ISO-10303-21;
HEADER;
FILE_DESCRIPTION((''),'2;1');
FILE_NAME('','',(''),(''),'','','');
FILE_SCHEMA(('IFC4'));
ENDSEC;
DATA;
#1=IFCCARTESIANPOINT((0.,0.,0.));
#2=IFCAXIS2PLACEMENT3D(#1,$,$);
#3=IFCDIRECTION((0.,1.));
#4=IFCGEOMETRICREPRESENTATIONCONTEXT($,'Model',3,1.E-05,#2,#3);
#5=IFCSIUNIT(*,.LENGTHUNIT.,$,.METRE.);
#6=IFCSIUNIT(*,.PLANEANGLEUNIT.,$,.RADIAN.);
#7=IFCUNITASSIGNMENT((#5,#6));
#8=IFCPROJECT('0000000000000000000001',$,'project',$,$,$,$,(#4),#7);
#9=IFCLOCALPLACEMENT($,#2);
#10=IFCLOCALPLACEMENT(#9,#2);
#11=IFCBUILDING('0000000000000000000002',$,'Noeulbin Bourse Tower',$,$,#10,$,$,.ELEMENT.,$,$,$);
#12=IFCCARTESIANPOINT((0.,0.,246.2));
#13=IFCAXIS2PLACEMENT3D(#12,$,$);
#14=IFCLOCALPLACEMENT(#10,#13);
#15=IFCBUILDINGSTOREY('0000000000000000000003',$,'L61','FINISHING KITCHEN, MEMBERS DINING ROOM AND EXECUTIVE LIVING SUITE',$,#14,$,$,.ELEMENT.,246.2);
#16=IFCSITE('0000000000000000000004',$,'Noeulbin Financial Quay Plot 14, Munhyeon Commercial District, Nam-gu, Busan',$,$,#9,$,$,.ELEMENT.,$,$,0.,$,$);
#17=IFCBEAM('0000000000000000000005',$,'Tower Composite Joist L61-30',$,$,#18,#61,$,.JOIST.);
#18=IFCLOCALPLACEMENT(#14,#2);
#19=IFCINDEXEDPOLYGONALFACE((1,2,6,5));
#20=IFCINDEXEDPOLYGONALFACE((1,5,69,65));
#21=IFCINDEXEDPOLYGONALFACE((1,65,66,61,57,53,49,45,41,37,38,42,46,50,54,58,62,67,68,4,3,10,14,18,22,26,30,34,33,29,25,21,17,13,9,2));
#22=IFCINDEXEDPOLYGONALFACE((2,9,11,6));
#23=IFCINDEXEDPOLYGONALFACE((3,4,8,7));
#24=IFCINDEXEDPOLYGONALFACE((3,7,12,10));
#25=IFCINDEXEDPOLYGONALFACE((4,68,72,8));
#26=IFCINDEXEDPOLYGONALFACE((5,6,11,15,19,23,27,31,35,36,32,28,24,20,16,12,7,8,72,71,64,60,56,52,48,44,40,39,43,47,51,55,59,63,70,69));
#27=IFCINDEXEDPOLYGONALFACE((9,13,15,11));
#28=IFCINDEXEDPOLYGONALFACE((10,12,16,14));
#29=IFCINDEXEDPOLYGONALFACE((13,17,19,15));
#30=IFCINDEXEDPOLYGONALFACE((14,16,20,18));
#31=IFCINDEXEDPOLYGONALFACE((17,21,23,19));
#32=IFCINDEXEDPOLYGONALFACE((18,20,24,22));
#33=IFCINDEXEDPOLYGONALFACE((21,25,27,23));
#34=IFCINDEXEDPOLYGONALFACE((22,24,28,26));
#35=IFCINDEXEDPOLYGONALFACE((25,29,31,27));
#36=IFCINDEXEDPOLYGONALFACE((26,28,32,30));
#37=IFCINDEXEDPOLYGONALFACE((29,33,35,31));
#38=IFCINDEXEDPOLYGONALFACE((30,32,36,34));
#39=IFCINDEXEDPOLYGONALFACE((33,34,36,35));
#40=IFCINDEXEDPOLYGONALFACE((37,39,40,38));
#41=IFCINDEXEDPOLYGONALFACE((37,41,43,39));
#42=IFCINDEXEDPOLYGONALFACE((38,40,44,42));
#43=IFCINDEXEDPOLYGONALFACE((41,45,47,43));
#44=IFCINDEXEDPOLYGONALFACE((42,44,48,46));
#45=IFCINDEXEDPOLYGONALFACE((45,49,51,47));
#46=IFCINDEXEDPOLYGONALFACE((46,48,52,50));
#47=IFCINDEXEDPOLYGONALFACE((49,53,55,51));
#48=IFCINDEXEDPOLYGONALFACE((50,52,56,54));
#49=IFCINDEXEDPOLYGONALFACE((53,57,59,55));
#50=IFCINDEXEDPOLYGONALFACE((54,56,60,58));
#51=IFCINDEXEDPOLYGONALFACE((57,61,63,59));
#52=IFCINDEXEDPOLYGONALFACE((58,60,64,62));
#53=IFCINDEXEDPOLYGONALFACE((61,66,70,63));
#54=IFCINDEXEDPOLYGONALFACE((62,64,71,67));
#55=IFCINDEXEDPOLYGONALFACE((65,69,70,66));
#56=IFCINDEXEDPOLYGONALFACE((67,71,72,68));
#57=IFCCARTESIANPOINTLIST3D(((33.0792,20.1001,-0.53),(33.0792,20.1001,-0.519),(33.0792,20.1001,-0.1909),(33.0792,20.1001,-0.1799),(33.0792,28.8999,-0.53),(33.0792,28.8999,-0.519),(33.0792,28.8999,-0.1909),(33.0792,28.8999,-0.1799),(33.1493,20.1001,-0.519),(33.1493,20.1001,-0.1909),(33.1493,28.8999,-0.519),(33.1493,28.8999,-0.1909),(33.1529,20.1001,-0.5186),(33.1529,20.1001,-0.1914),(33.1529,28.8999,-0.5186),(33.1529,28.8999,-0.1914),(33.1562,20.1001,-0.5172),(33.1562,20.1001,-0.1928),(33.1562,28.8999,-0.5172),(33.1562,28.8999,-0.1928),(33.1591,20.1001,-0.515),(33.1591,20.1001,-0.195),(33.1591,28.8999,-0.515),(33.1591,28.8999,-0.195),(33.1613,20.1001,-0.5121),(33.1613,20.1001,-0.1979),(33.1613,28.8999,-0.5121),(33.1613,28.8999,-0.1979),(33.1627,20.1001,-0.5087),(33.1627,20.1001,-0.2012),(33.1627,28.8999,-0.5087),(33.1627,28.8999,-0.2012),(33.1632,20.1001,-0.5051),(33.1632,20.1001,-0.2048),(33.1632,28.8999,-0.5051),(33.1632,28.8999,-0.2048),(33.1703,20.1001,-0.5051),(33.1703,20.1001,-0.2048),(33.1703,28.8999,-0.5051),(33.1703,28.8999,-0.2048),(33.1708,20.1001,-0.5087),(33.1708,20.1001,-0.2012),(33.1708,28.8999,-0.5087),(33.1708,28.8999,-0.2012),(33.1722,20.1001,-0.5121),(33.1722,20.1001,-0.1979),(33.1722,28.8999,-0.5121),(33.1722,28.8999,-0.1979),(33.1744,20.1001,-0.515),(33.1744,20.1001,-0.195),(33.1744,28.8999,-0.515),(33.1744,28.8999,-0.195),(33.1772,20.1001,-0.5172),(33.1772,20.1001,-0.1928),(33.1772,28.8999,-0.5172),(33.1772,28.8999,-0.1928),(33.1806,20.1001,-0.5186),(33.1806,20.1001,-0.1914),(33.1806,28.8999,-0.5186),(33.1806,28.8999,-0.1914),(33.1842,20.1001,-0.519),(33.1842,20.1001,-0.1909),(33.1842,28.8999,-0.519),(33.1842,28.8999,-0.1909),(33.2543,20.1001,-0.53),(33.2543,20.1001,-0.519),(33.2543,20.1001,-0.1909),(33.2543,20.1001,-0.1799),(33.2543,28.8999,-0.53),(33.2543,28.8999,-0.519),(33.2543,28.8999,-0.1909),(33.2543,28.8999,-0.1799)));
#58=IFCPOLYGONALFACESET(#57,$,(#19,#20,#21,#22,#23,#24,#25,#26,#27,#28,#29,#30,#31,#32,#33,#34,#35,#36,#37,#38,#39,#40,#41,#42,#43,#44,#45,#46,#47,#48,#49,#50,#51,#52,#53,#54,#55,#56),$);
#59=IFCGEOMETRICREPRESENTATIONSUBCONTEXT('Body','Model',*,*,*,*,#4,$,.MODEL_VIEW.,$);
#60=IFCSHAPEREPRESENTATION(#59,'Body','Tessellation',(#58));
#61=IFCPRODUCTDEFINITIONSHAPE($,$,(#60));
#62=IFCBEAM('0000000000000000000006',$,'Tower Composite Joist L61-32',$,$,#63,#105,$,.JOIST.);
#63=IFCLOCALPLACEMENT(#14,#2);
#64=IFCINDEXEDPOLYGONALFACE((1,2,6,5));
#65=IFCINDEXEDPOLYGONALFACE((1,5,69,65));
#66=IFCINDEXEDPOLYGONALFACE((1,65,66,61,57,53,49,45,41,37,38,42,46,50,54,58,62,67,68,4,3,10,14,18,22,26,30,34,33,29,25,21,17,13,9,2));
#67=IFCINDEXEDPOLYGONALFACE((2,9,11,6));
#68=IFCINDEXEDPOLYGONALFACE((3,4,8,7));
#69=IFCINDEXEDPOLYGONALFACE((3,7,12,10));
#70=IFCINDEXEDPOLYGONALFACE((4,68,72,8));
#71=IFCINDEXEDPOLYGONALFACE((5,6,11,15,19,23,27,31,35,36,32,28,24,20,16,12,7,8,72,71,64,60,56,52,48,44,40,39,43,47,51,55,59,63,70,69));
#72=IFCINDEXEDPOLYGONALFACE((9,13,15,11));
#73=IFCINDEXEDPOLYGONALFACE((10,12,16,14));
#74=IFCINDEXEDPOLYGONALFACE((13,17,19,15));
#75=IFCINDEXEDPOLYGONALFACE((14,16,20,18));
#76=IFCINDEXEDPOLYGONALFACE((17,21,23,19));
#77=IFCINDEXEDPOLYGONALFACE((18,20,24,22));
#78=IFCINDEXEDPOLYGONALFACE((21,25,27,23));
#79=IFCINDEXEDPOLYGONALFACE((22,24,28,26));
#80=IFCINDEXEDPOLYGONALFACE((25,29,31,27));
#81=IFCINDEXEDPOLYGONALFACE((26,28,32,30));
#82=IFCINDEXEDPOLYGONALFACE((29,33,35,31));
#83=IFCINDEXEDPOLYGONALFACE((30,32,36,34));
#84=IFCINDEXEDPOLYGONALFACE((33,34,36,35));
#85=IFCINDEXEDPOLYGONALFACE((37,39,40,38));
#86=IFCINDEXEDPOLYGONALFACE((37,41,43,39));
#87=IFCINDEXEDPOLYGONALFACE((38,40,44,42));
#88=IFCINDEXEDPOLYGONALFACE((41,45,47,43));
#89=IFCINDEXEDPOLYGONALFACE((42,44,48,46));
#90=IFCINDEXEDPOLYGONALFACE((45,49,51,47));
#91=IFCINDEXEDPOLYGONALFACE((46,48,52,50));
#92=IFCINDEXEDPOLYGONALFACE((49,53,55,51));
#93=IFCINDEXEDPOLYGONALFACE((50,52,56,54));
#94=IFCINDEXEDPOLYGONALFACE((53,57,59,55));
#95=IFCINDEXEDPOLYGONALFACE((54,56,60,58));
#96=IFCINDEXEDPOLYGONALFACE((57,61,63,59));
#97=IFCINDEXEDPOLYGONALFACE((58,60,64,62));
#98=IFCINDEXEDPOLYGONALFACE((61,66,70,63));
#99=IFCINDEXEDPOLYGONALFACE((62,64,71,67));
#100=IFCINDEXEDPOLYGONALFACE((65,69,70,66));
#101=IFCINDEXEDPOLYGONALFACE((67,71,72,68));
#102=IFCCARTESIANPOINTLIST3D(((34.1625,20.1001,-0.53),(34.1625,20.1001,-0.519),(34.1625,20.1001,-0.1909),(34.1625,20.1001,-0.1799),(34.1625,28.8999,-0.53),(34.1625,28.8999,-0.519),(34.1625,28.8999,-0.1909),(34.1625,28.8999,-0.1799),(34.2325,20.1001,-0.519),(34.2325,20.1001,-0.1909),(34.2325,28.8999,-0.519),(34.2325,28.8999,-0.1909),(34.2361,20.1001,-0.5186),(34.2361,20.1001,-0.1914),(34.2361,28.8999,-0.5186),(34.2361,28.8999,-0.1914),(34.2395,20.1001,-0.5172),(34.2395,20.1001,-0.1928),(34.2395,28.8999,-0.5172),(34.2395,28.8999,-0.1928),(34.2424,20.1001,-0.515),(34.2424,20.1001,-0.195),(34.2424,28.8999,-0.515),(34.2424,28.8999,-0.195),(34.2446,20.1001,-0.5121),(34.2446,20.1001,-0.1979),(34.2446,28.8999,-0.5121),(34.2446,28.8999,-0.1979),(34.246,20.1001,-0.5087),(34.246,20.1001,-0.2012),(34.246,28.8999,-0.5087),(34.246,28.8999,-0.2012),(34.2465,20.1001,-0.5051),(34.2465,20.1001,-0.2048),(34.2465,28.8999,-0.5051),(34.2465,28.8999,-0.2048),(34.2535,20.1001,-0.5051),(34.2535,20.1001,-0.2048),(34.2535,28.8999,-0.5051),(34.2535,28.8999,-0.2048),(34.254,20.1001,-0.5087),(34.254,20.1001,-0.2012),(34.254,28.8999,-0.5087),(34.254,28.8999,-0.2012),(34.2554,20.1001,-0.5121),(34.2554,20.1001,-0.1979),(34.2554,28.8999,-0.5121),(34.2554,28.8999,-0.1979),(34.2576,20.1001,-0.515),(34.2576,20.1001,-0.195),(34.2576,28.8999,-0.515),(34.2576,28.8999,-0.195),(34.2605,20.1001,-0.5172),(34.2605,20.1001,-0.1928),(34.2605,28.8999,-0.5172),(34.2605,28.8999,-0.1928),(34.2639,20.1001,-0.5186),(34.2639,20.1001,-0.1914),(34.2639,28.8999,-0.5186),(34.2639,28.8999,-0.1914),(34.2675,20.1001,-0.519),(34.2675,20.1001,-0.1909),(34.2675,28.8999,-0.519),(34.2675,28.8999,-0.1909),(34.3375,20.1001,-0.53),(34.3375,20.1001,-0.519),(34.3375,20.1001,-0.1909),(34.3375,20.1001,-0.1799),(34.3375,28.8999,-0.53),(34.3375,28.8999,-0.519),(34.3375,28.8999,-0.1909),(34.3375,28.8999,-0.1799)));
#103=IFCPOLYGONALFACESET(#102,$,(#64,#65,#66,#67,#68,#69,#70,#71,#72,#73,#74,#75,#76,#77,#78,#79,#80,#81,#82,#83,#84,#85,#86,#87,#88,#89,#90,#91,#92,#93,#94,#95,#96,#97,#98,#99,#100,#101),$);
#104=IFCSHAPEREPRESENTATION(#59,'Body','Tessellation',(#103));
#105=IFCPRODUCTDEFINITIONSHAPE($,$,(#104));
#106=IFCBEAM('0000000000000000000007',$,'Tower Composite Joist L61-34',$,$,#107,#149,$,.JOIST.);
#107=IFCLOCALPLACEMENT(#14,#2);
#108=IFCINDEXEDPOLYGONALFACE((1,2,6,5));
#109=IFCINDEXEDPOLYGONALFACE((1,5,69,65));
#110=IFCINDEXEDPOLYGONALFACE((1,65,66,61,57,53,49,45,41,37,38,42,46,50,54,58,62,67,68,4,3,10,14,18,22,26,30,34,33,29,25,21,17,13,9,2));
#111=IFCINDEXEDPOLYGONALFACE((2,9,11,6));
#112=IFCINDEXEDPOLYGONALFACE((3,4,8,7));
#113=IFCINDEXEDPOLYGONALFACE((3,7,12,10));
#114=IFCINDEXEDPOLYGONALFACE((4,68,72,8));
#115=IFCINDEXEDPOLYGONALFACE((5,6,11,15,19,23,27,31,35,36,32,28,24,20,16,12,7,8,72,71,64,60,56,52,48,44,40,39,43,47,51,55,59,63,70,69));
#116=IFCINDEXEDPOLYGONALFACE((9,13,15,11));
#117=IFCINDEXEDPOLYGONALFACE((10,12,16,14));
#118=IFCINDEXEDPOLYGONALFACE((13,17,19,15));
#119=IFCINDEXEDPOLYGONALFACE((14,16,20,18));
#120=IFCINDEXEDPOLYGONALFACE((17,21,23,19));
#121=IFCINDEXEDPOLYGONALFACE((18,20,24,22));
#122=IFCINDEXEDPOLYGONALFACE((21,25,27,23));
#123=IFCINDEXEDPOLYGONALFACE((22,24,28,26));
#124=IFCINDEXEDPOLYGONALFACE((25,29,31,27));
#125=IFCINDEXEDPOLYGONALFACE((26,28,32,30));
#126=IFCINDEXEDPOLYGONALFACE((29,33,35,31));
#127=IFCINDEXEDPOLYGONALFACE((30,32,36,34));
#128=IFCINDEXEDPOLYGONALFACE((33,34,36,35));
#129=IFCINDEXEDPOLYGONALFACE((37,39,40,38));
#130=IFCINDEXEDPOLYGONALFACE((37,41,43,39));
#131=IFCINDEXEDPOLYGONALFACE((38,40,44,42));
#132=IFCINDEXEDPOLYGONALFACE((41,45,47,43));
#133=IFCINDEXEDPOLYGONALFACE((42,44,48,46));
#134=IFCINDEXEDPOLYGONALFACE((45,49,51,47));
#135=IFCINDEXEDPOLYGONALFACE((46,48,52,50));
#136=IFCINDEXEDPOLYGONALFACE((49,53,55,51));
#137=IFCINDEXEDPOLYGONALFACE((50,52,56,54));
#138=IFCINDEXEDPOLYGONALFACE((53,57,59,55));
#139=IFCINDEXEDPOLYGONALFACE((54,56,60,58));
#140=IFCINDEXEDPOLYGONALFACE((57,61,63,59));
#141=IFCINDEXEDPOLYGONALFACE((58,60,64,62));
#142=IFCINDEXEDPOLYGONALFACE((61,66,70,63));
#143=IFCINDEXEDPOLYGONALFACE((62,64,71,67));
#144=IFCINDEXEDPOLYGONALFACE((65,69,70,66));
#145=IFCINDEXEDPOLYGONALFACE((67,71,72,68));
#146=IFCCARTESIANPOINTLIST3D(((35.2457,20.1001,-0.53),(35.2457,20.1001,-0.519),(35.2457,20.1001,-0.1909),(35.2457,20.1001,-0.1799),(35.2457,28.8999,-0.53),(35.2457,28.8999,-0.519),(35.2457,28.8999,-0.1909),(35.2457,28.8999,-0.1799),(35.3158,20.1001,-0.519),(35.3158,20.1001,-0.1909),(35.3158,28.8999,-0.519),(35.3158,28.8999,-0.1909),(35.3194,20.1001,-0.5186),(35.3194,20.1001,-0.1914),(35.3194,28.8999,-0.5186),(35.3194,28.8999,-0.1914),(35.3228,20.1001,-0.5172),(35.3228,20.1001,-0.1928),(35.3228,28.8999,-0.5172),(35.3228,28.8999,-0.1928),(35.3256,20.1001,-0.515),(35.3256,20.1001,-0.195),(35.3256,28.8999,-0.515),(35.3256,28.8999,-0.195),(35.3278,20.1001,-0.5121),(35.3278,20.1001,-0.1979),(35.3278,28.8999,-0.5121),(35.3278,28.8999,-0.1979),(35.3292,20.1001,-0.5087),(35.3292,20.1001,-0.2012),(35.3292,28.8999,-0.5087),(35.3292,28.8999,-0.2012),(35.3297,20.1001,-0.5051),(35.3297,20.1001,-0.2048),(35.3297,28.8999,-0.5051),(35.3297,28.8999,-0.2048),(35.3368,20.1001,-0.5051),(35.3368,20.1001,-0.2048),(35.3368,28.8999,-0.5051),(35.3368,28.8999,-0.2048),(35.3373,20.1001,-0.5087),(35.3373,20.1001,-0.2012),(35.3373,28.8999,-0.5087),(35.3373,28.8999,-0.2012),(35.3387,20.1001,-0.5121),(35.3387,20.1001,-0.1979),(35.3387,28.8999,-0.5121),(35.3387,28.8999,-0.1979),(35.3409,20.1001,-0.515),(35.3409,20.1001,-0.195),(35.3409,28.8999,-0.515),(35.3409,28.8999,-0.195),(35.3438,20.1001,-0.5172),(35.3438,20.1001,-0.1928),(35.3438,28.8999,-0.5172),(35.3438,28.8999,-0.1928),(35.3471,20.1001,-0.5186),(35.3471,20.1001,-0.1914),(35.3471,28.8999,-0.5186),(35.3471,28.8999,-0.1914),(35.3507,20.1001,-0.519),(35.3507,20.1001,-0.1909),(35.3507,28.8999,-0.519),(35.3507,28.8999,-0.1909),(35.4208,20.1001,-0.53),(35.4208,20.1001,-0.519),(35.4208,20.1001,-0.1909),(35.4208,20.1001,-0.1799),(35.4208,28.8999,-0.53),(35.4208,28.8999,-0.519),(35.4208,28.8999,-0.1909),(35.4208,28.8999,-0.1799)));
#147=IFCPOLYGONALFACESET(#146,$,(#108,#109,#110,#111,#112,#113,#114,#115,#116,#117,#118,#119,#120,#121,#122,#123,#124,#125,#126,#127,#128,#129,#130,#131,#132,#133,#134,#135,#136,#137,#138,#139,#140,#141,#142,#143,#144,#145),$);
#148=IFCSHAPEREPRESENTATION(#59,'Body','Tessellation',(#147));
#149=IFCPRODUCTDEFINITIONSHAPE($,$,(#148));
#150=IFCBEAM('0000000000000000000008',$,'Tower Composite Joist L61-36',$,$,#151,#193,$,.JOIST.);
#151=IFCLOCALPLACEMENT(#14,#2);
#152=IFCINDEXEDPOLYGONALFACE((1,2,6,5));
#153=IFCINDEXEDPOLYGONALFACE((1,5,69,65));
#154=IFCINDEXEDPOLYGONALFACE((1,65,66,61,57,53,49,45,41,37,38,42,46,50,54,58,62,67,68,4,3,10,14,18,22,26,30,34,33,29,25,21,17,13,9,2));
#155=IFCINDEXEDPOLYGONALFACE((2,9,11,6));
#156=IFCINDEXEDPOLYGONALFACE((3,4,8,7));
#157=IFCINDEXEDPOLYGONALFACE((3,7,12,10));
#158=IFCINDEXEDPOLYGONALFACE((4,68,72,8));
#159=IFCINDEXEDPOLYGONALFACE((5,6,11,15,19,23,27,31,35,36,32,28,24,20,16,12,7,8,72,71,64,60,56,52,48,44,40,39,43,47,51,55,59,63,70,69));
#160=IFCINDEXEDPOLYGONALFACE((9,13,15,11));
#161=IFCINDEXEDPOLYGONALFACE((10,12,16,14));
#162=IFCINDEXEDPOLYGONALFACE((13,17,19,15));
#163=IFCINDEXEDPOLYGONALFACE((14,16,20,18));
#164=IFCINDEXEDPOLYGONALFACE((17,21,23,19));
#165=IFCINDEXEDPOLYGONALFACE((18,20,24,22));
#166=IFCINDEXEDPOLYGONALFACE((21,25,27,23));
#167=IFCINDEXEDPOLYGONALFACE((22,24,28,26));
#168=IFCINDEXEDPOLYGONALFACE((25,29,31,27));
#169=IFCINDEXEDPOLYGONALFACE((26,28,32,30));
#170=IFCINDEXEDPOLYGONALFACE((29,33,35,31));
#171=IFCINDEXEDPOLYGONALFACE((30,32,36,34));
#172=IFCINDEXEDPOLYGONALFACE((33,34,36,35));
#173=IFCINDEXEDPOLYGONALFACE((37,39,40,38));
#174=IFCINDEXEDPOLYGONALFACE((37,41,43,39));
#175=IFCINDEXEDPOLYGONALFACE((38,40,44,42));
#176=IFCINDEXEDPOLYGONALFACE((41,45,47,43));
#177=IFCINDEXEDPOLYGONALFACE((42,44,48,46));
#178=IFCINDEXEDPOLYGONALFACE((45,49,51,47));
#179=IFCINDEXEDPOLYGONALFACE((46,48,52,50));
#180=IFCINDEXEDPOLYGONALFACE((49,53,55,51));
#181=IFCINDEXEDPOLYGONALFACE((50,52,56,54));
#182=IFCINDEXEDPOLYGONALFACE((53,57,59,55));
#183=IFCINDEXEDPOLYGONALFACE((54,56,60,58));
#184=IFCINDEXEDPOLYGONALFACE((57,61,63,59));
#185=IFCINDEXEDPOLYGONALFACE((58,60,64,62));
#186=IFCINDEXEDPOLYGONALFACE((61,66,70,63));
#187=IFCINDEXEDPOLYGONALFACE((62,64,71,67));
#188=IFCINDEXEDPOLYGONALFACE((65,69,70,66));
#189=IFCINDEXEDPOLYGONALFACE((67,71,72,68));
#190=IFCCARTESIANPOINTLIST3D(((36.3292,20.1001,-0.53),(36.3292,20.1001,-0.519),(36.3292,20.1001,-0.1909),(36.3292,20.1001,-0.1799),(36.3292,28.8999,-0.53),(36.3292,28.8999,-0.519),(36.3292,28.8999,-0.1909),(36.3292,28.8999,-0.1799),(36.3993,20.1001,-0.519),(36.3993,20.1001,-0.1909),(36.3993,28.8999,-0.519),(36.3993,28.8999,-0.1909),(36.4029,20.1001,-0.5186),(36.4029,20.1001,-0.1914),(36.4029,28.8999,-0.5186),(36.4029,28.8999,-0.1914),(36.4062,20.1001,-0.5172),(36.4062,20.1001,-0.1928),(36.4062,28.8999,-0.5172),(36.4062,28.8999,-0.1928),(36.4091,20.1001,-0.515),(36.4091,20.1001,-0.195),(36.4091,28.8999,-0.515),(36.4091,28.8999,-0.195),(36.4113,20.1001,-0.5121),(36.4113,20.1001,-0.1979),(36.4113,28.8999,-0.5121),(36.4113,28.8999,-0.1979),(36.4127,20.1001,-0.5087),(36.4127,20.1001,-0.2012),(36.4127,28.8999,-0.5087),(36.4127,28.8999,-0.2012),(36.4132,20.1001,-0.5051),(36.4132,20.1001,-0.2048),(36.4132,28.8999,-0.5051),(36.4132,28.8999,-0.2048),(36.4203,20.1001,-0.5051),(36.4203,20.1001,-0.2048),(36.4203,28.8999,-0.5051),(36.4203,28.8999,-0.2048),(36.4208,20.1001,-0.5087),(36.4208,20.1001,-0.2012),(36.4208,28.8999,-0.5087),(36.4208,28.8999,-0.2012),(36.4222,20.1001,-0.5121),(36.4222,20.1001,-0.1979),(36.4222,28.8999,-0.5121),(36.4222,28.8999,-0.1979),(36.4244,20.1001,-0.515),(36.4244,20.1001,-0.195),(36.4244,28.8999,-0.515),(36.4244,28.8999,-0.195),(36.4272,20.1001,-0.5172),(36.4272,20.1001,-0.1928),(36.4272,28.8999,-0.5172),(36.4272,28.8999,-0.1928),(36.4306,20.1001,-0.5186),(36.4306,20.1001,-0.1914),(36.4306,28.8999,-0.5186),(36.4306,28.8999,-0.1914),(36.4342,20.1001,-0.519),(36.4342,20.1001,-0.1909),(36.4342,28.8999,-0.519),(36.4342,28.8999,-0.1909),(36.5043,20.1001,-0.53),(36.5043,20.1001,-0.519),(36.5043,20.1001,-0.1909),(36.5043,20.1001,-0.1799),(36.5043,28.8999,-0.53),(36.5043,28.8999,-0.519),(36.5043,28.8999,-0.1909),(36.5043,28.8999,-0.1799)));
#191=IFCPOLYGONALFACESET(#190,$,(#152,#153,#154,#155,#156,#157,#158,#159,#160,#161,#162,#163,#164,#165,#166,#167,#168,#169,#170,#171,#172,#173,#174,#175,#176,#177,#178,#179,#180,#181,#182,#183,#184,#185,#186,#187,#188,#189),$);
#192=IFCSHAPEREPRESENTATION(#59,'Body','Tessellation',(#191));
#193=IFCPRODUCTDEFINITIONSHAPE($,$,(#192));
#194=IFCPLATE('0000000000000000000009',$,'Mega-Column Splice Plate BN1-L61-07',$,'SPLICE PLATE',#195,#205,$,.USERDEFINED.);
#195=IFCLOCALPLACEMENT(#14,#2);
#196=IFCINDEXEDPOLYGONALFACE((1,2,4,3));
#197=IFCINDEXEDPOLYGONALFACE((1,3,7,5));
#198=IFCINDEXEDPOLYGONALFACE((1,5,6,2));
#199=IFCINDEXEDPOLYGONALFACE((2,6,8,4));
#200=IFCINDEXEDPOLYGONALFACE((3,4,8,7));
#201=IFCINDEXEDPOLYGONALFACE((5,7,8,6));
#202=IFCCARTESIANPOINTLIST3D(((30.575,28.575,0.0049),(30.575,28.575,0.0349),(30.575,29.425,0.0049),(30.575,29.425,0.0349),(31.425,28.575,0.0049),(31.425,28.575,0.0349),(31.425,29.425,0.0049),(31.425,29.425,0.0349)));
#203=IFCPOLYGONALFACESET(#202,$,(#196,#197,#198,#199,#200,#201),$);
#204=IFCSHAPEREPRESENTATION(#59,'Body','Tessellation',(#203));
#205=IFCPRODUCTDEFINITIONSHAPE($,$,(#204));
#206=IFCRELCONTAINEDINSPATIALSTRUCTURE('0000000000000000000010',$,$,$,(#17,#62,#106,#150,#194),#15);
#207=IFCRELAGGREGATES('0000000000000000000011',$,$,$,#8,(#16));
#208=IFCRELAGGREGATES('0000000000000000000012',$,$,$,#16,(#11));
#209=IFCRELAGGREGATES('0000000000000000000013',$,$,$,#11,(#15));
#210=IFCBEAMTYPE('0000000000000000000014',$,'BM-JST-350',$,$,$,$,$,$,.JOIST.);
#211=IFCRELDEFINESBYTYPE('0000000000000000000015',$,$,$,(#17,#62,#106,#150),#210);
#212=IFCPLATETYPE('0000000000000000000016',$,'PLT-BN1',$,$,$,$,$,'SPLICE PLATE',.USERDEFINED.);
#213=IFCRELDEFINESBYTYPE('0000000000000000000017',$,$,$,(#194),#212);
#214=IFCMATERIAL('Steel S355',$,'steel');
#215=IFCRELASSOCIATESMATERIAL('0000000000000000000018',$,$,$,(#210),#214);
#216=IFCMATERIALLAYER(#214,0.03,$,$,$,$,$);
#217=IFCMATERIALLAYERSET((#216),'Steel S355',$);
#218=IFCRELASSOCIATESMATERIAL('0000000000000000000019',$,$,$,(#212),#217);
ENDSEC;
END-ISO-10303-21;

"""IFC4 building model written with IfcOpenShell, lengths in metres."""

from ifc_helpers import new_model, si_unit, direction, frame, origin, origin_2d, place, context, subcontext, project, spatial, rectangle, i_section, extrude, material, layer, layer_set, material_profile, profile_set, type_object, element, save


model = new_model("IFC4")

# Units and contexts
model_context = context("Model", 3, precision=1e-05, world=origin(), true_north=direction((0.0, 1.0)))
body_context = subcontext(model_context, "Body", "Model", "MODEL_VIEW")
ifc_project = project(units=[si_unit("LENGTHUNIT", "METRE"), si_unit("PLANEANGLEUNIT", "RADIAN")], contexts=[model_context])

# Site, building, storey
site_placement = place(None, origin())
site = spatial("IfcSite", under=ifc_project, at=site_placement, Name="Noeulbin Financial Quay Plot 14, Munhyeon Commercial District, Nam-gu, Busan", CompositionType="ELEMENT", RefElevation=0.0)
building_placement = place(site_placement, origin())
building = spatial("IfcBuilding", under=site, at=building_placement, Name="Noeulbin Bourse Tower", CompositionType="ELEMENT")
storey_placement = place(building_placement, frame((0.0, 0.0, 246.2)))
storey = spatial("IfcBuildingStorey", under=building, at=storey_placement, Name="L61", Description="FINISHING KITCHEN, MEMBERS DINING ROOM AND EXECUTIVE LIVING SUITE", CompositionType="ELEMENT", Elevation=246.2)

# Shared definitions
ifc_material_1 = material(Name="Steel S355", Category="steel")

# Beams
ifc_material_profile_1 = material_profile(ifc_material_1, i_section(OverallWidth=0.175, OverallDepth=0.3501, WebThickness=0.0071, FlangeThickness=0.011, FilletRadius=0.0139, at=origin_2d()), Name="H-350x175x7x11", Category="LoadBearing")
ifc_profile_set_1 = profile_set([ifc_material_profile_1], Name="Steel S355")
beam_type = type_object("IfcBeamType", Name="BM-JST-350", PredefinedType="JOIST", material=ifc_profile_set_1)
for number, where, z_axis, x_axis, name in (
    (1, (33.1667, 20.1001, -0.355), (0.0, 1.0, 0.0), (-1.0, 0.0, 0.0), "Tower Composite Joist L61-30"),
    (2, (34.25, 20.1001, -0.355), (0.0, 1.0, 0.0), (-1.0, 0.0, 0.0), "Tower Composite Joist L61-32"),
    (3, (35.3333, 20.1001, -0.355), (0.0, 1.0, 0.0), (-1.0, 0.0, 0.0), "Tower Composite Joist L61-34"),
    (4, (36.4167, 20.1001, -0.355), (0.0, 1.0, 0.0), (-1.0, 0.0, 0.0), "Tower Composite Joist L61-36"),
):
    element("IfcBeam", number, at=place(storey_placement, frame(where, z_axis=z_axis, x_axis=x_axis)), inside=storey, type_object=beam_type, Name=name, PredefinedType="JOIST", context=body_context, shape_type="SweptSolid", body=[
        extrude(i_section(OverallWidth=0.175, OverallDepth=0.3501, WebThickness=0.0071, FlangeThickness=0.011, FilletRadius=0.0139, at=origin_2d()), origin(), (0.0, 0.0, 1.0), 8.7998),
    ])

# Plate
ifc_layer_1 = layer(ifc_material_1, 0.03)
ifc_layer_set_1 = layer_set([ifc_layer_1], Name="Steel S355")
plate_type = type_object("IfcPlateType", Name="PLT-BN1", ElementType="SPLICE PLATE", PredefinedType="USERDEFINED", material=ifc_layer_set_1)
for number, where, z_axis, x_axis, name in (
    (5, (31.0, 29.0, 0.0049), (0.0, 0.0, 1.0), (1.0, 0.0, 0.0), "Mega-Column Splice Plate BN1-L61-07"),
):
    element("IfcPlate", number, at=place(storey_placement, frame(where, z_axis=z_axis, x_axis=x_axis)), inside=storey, type_object=plate_type, Name=name, ObjectType="SPLICE PLATE", PredefinedType="USERDEFINED", context=body_context, shape_type="SweptSolid", body=[
        extrude(rectangle(XDim=0.8501, YDim=0.8501, at=origin_2d()), origin(), (0.0, 0.0, 1.0), 0.03),
    ])

save(model, "model.ifc")
